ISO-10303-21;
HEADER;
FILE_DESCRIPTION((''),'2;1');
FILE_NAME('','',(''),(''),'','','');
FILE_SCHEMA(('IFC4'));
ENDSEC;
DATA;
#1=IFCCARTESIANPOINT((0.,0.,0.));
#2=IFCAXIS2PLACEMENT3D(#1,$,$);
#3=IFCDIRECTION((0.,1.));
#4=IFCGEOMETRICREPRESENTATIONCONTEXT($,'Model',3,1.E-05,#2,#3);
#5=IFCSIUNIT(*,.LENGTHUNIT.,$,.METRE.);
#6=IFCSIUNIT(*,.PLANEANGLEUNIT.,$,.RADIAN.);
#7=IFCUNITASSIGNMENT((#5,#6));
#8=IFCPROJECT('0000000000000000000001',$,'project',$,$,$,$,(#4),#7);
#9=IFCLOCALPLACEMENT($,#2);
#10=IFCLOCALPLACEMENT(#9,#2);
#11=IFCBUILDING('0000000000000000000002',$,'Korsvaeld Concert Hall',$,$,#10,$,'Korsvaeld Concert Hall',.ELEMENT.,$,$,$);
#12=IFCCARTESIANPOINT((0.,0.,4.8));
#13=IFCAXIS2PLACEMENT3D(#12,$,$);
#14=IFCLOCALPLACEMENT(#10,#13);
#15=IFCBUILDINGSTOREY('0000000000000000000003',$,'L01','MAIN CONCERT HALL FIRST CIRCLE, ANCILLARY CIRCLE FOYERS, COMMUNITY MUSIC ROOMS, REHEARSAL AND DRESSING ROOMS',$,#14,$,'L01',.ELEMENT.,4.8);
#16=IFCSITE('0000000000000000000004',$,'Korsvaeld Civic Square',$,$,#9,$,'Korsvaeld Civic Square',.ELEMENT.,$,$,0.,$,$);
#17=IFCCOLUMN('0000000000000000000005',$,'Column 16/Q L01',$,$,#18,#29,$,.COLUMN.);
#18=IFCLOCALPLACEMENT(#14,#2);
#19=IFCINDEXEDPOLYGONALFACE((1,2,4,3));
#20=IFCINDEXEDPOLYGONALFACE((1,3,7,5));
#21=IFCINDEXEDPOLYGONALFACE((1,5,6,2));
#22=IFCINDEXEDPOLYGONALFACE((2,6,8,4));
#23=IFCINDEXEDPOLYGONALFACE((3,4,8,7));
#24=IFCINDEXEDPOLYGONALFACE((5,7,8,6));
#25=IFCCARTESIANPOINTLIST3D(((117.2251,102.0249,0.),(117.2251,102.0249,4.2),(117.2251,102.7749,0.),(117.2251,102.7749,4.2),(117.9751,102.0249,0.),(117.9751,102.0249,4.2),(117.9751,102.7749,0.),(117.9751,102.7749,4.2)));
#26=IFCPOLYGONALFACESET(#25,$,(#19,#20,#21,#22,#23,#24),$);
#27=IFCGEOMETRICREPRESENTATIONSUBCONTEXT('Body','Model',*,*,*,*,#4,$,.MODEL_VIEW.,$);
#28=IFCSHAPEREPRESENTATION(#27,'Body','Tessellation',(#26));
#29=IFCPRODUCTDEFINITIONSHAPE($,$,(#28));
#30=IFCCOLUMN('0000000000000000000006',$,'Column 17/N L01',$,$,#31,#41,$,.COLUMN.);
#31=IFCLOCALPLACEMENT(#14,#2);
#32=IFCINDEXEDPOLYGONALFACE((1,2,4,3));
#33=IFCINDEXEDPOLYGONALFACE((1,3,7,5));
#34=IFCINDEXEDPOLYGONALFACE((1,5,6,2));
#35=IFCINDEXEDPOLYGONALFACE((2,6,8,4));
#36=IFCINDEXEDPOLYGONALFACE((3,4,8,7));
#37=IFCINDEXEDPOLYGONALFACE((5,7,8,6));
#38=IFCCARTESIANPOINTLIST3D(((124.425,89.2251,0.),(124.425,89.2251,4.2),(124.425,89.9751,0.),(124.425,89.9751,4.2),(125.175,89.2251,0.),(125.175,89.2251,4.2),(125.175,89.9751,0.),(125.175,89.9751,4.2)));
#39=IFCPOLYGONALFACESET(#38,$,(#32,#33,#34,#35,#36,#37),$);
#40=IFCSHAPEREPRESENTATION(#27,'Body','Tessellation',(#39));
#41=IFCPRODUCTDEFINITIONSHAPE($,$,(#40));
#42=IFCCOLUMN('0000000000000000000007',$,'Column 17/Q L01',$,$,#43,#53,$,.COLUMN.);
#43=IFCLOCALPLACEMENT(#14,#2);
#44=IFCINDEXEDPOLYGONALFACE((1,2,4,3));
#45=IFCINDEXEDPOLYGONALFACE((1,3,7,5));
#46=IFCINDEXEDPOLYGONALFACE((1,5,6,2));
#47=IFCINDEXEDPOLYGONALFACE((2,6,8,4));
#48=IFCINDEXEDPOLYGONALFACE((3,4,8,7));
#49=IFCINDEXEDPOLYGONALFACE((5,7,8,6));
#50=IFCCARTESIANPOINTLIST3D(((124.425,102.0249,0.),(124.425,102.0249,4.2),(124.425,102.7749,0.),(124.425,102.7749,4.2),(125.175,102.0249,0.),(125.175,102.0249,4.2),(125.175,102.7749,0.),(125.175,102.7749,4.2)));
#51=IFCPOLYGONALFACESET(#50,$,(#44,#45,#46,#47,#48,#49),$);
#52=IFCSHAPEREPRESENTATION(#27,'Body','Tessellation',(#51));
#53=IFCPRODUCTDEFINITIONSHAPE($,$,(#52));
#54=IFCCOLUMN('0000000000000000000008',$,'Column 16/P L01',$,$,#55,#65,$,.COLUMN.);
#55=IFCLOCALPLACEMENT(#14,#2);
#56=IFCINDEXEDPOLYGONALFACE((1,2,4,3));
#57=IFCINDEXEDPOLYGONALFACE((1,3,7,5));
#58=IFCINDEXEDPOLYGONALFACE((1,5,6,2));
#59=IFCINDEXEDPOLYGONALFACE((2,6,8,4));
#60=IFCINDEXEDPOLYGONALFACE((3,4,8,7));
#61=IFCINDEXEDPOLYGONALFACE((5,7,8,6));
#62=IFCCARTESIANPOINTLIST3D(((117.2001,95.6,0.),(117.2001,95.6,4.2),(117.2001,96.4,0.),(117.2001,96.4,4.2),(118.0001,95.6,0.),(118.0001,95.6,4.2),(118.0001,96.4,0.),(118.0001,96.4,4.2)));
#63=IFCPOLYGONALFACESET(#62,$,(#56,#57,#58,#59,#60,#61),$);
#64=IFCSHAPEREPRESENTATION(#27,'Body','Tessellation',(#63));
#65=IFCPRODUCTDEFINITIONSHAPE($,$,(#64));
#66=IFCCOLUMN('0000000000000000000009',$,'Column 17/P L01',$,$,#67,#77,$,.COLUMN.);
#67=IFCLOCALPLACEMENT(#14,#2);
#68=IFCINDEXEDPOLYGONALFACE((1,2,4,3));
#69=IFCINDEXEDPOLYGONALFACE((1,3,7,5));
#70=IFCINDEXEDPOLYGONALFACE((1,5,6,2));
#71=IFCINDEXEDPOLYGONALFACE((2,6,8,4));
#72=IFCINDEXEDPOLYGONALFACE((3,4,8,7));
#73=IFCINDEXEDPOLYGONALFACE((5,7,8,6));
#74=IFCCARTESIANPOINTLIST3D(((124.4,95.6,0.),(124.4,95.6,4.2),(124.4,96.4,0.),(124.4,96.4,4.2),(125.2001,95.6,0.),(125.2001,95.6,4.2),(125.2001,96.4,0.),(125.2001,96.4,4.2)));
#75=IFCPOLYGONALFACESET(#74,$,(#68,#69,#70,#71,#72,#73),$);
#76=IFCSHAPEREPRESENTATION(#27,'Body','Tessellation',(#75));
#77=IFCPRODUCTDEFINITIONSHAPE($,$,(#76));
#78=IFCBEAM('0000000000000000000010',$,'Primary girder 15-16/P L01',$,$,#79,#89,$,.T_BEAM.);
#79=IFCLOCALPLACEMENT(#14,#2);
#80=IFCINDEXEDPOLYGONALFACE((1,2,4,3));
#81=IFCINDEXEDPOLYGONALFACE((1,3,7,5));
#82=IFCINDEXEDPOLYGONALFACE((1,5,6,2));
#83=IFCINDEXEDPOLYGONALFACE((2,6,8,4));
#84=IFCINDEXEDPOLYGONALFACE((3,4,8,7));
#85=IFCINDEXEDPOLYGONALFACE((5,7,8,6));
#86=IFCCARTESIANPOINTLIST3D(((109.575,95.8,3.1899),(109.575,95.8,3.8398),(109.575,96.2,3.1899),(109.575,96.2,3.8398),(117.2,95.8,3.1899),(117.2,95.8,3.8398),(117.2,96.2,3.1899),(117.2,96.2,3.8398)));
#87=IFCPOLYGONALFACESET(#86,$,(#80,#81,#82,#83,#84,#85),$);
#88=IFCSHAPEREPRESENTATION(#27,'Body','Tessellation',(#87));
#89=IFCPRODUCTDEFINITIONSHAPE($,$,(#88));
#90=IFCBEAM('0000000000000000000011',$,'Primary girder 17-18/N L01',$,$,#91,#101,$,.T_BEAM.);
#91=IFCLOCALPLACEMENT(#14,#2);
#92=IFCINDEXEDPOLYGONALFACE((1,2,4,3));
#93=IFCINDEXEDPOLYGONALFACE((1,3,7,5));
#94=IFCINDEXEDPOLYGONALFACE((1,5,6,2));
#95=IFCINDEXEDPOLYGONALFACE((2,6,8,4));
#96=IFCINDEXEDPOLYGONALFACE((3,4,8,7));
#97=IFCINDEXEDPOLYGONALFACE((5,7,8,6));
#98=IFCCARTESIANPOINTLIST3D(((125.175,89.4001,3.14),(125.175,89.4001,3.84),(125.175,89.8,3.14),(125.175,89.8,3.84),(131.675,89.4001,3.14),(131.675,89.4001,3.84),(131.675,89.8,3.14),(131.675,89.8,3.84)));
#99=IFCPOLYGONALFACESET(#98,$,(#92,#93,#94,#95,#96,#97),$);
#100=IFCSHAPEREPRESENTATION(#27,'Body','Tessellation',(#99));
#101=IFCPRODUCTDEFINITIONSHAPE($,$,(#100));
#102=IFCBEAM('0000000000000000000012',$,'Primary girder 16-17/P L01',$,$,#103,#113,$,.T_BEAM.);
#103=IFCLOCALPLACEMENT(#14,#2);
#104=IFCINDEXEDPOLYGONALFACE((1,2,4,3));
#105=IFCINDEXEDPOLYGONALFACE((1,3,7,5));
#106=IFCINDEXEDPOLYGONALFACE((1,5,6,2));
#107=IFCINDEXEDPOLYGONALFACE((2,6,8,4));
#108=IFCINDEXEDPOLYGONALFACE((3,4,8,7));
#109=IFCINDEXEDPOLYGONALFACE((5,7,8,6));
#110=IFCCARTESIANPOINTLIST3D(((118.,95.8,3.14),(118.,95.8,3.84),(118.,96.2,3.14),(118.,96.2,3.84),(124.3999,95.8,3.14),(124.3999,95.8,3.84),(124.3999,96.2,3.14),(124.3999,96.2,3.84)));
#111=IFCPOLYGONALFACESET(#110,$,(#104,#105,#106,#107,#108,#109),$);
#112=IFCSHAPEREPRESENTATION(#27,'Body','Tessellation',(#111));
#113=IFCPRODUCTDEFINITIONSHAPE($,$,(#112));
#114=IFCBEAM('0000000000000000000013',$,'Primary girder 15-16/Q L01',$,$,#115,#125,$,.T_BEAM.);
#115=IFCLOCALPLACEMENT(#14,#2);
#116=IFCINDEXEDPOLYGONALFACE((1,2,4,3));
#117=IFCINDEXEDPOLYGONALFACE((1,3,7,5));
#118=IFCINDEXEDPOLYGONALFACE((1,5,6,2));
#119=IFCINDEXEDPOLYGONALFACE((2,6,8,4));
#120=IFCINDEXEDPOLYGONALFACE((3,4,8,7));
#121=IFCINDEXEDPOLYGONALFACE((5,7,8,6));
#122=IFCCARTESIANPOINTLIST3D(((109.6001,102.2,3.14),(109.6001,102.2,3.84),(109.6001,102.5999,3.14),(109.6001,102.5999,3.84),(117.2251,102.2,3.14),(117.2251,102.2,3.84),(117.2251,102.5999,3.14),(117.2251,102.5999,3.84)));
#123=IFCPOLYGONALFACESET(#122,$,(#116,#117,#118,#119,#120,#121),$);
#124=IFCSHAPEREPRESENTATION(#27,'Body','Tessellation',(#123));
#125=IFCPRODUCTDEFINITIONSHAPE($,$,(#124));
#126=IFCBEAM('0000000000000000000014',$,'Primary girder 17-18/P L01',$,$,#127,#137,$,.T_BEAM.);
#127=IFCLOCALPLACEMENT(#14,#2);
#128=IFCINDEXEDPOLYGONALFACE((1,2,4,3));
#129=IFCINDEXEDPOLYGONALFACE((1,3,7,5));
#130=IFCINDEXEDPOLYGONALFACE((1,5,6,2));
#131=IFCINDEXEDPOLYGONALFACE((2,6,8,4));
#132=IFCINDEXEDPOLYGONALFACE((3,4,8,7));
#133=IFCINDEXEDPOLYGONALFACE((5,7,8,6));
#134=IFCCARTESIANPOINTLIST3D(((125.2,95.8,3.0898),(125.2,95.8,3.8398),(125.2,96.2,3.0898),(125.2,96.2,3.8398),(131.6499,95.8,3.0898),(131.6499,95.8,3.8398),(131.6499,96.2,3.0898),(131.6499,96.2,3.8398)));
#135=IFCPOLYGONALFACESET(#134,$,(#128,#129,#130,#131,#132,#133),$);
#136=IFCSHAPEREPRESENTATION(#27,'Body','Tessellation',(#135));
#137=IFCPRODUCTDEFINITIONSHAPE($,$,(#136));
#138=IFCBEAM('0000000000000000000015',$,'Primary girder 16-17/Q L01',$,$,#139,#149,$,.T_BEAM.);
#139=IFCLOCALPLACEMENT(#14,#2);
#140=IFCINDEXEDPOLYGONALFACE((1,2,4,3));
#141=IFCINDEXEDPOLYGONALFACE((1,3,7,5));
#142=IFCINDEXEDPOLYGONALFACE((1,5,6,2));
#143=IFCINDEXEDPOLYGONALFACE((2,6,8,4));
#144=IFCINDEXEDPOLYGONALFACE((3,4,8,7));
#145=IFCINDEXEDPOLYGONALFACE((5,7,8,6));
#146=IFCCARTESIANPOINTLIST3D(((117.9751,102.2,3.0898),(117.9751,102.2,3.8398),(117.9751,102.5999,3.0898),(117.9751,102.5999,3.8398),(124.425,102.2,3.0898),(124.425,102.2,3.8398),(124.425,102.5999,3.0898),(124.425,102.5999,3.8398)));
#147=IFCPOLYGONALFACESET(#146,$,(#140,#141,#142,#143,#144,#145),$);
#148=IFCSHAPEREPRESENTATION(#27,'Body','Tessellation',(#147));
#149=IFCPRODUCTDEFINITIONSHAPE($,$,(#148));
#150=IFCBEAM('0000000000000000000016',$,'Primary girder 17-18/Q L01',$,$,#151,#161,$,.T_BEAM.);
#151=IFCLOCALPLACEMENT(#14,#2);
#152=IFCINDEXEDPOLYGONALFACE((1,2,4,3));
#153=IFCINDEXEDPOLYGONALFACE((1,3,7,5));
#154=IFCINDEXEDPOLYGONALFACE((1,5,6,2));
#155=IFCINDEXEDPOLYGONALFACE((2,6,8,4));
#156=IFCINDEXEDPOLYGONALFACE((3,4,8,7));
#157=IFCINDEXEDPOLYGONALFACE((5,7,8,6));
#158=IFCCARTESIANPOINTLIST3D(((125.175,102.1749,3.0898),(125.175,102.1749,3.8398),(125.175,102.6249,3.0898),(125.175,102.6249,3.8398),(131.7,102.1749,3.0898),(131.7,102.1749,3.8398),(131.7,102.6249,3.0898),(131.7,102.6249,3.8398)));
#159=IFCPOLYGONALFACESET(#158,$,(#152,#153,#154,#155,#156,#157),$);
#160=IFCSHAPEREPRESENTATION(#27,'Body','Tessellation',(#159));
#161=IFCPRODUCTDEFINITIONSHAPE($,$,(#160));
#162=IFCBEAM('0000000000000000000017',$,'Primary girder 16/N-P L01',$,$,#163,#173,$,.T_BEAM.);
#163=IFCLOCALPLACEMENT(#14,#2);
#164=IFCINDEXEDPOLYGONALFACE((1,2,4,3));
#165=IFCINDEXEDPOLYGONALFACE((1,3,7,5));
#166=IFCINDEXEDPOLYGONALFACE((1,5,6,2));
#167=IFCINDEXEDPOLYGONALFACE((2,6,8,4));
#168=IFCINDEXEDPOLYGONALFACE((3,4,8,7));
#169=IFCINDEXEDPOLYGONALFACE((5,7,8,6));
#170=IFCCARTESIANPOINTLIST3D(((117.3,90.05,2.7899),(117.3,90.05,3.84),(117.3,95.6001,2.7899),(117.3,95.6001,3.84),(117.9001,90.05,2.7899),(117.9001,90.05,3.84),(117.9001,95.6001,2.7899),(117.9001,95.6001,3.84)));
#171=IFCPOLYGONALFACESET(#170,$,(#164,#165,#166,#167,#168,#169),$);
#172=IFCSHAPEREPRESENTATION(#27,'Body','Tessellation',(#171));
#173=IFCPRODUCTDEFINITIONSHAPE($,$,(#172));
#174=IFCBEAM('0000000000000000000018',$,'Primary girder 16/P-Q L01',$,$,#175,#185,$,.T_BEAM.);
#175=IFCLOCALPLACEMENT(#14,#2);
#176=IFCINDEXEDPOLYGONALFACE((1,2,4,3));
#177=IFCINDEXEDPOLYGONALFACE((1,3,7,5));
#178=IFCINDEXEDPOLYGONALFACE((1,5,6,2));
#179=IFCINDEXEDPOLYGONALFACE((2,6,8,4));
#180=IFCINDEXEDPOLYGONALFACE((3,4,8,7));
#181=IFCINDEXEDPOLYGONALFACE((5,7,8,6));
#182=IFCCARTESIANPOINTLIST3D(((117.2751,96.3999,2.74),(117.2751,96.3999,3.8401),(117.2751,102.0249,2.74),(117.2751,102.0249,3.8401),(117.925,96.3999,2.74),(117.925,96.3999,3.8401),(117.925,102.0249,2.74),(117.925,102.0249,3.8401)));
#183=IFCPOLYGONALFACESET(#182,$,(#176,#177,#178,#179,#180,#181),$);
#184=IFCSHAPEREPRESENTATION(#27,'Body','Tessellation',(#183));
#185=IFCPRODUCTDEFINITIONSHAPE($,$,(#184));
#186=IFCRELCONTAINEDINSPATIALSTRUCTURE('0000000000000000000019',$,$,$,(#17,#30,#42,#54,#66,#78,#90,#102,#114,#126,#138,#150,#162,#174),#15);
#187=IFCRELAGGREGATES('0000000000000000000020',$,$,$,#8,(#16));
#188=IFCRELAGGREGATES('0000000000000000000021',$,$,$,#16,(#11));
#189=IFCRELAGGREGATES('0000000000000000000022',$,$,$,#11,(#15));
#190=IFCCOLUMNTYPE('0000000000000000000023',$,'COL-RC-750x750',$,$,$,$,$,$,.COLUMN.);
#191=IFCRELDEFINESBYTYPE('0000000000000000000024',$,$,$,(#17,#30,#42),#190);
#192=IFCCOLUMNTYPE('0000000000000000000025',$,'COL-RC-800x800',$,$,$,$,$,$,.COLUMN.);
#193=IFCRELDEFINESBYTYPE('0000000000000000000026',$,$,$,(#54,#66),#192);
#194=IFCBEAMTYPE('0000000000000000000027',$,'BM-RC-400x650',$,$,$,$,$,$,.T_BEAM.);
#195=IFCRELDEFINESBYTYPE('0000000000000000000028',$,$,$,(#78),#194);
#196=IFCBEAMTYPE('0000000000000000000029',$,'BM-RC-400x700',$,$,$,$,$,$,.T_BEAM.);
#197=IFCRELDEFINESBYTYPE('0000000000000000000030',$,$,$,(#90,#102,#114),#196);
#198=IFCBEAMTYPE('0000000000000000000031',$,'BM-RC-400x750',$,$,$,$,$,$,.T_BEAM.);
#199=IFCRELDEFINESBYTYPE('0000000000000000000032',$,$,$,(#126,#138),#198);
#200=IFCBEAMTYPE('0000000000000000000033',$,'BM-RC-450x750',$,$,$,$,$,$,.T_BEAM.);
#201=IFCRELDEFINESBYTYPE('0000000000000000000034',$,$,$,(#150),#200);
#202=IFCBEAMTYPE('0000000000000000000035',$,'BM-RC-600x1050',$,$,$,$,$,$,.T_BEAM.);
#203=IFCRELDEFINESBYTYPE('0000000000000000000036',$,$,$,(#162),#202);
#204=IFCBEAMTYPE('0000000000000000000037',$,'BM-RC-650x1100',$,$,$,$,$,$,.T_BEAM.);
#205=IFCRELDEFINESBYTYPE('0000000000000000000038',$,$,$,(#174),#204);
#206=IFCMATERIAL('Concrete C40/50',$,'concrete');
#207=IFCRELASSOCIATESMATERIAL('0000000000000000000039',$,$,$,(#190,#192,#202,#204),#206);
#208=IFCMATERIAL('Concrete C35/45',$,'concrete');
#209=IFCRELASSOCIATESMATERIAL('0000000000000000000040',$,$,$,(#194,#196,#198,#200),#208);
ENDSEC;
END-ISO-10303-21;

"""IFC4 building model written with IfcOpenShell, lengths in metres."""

from ifc_helpers import new_model, si_unit, direction, frame, origin, origin_2d, place, context, subcontext, project, spatial, rectangle, extrude, material, material_profile, profile_set, type_object, element, save


model = new_model("IFC4")

# Units and contexts
model_context = context("Model", 3, precision=1e-05, world=origin(), true_north=direction((0.0, 1.0)))
body_context = subcontext(model_context, "Body", "Model", "MODEL_VIEW")
ifc_project = project(units=[si_unit("LENGTHUNIT", "METRE"), si_unit("PLANEANGLEUNIT", "RADIAN")], contexts=[model_context])

# Site, building, storey
site_placement = place(None, origin())
site = spatial("IfcSite", under=ifc_project, at=site_placement, Name="Korsvaeld Civic Square", LongName="Korsvaeld Civic Square", CompositionType="ELEMENT", RefElevation=0.0)
building_placement = place(site_placement, origin())
building = spatial("IfcBuilding", under=site, at=building_placement, Name="Korsvaeld Concert Hall", LongName="Korsvaeld Concert Hall", CompositionType="ELEMENT")
storey_placement = place(building_placement, frame((0.0, 0.0, 4.8)))
storey = spatial("IfcBuildingStorey", under=building, at=storey_placement, Name="L01", Description="MAIN CONCERT HALL FIRST CIRCLE, ANCILLARY CIRCLE FOYERS, COMMUNITY MUSIC ROOMS, REHEARSAL AND DRESSING ROOMS", LongName="L01", CompositionType="ELEMENT", Elevation=4.8)

# Columns
ifc_material_1 = material(Name="Concrete C40/50", Category="concrete")
ifc_material_profile_1 = material_profile(ifc_material_1, rectangle(XDim=0.75, YDim=0.75, at=origin_2d()), Name="RC 750x750")
ifc_profile_set_1 = profile_set([ifc_material_profile_1], Name="Concrete C40/50")
column_type_1 = type_object("IfcColumnType", Name="COL-RC-750x750", PredefinedType="COLUMN", material=ifc_profile_set_1)
for number, where, z_axis, x_axis, name in (
    (1, (117.6001, 102.3999, 0.0), (0.0, 0.0, 1.0), (1.0, 0.0, 0.0), "Column 16/Q L01"),
    (2, (124.8, 89.6001, 0.0), (0.0, 0.0, 1.0), (1.0, 0.0, 0.0), "Column 17/N L01"),
    (3, (124.8, 102.3999, 0.0), (0.0, 0.0, 1.0), (1.0, 0.0, 0.0), "Column 17/Q L01"),
):
    element("IfcColumn", number, at=place(storey_placement, frame(where, z_axis=z_axis, x_axis=x_axis)), inside=storey, type_object=column_type_1, Name=name, PredefinedType="COLUMN", context=body_context, shape_type="SweptSolid", body=[
        extrude(rectangle(XDim=0.75, YDim=0.75, at=origin_2d()), origin(), (0.0, 0.0, 1.0), 4.2),
    ])
ifc_material_profile_2 = material_profile(ifc_material_1, rectangle(XDim=0.8, YDim=0.8, at=origin_2d()), Name="RC 800x800")
ifc_profile_set_2 = profile_set([ifc_material_profile_2], Name="Concrete C40/50")
column_type_2 = type_object("IfcColumnType", Name="COL-RC-800x800", PredefinedType="COLUMN", material=ifc_profile_set_2)
for number, where, z_axis, x_axis, name in (
    (4, (117.6001, 96.0, 0.0), (0.0, 0.0, 1.0), (1.0, 0.0, 0.0), "Column 16/P L01"),
    (5, (124.8, 96.0, 0.0), (0.0, 0.0, 1.0), (1.0, 0.0, 0.0), "Column 17/P L01"),
):
    element("IfcColumn", number, at=place(storey_placement, frame(where, z_axis=z_axis, x_axis=x_axis)), inside=storey, type_object=column_type_2, Name=name, PredefinedType="COLUMN", context=body_context, shape_type="SweptSolid", body=[
        extrude(rectangle(XDim=0.8, YDim=0.8, at=origin_2d()), origin(), (0.0, 0.0, 1.0), 4.2),
    ])

# Beams
ifc_material_2 = material(Name="Concrete C35/45", Category="concrete")
ifc_material_profile_3 = material_profile(ifc_material_2, rectangle(XDim=0.3999, YDim=0.6499, at=origin_2d()), Name="RC 400x650")
ifc_profile_set_3 = profile_set([ifc_material_profile_3], Name="Concrete C35/45")
beam_type_1 = type_object("IfcBeamType", Name="BM-RC-400x650", PredefinedType="T_BEAM", material=ifc_profile_set_3)
beam_1_placement = place(storey_placement, frame((109.575, 96.0, 3.5149), z_axis=(1.0, 0.0, 0.0), x_axis=(0.0, 1.0, 0.0)))
element("IfcBeam", 6, at=beam_1_placement, inside=storey, type_object=beam_type_1, Name="Primary girder 15-16/P L01", PredefinedType="T_BEAM", context=body_context, shape_type="SweptSolid", body=[
    extrude(rectangle(XDim=0.3999, YDim=0.6499, at=origin_2d()), origin(), (0.0, 0.0, 1.0), 7.625),
])
ifc_material_profile_4 = material_profile(ifc_material_2, rectangle(XDim=0.3999, YDim=0.7, at=origin_2d()), Name="RC 400x700")
ifc_profile_set_4 = profile_set([ifc_material_profile_4], Name="Concrete C35/45")
beam_type_2 = type_object("IfcBeamType", Name="BM-RC-400x700", PredefinedType="T_BEAM", material=ifc_profile_set_4)
beam_2_placement = place(storey_placement, frame((125.175, 89.6001, 3.49), z_axis=(1.0, 0.0, 0.0), x_axis=(0.0, 1.0, 0.0)))
element("IfcBeam", 7, at=beam_2_placement, inside=storey, type_object=beam_type_2, Name="Primary girder 17-18/N L01", PredefinedType="T_BEAM", context=body_context, shape_type="SweptSolid", body=[
    extrude(rectangle(XDim=0.3999, YDim=0.7, at=origin_2d()), origin(), (0.0, 0.0, 1.0), 6.5),
])
beam_3_placement = place(storey_placement, frame((118.0, 96.0, 3.49), z_axis=(1.0, 0.0, 0.0), x_axis=(0.0, 1.0, 0.0)))
element("IfcBeam", 8, at=beam_3_placement, inside=storey, type_object=beam_type_2, Name="Primary girder 16-17/P L01", PredefinedType="T_BEAM", context=body_context, shape_type="SweptSolid", body=[
    extrude(rectangle(XDim=0.3999, YDim=0.7, at=origin_2d()), origin(), (0.0, 0.0, 1.0), 6.3999),
])
beam_4_placement = place(storey_placement, frame((109.6001, 102.3999, 3.49), z_axis=(1.0, 0.0, 0.0), x_axis=(0.0, 1.0, 0.0)))
element("IfcBeam", 9, at=beam_4_placement, inside=storey, type_object=beam_type_2, Name="Primary girder 15-16/Q L01", PredefinedType="T_BEAM", context=body_context, shape_type="SweptSolid", body=[
    extrude(rectangle(XDim=0.3999, YDim=0.7, at=origin_2d()), origin(), (0.0, 0.0, 1.0), 7.625),
])
ifc_material_profile_5 = material_profile(ifc_material_2, rectangle(XDim=0.3999, YDim=0.75, at=origin_2d()), Name="RC 400x750")
ifc_profile_set_5 = profile_set([ifc_material_profile_5], Name="Concrete C35/45")
beam_type_3 = type_object("IfcBeamType", Name="BM-RC-400x750", PredefinedType="T_BEAM", material=ifc_profile_set_5)
for number, where, z_axis, x_axis, name in (
    (10, (125.2, 96.0, 3.4648), (1.0, 0.0, 0.0), (0.0, 1.0, 0.0), "Primary girder 17-18/P L01"),
    (11, (117.9751, 102.3999, 3.4648), (1.0, 0.0, 0.0), (0.0, 1.0, 0.0), "Primary girder 16-17/Q L01"),
):
    element("IfcBeam", number, at=place(storey_placement, frame(where, z_axis=z_axis, x_axis=x_axis)), inside=storey, type_object=beam_type_3, Name=name, PredefinedType="T_BEAM", context=body_context, shape_type="SweptSolid", body=[
        extrude(rectangle(XDim=0.3999, YDim=0.75, at=origin_2d()), origin(), (0.0, 0.0, 1.0), 6.45),
    ])
ifc_material_profile_6 = material_profile(ifc_material_2, rectangle(XDim=0.45, YDim=0.75, at=origin_2d()), Name="RC 450x750")
ifc_profile_set_6 = profile_set([ifc_material_profile_6], Name="Concrete C35/45")
beam_type_4 = type_object("IfcBeamType", Name="BM-RC-450x750", PredefinedType="T_BEAM", material=ifc_profile_set_6)
beam_5_placement = place(storey_placement, frame((125.175, 102.3999, 3.4648), z_axis=(1.0, 0.0, 0.0), x_axis=(0.0, 1.0, 0.0)))
element("IfcBeam", 12, at=beam_5_placement, inside=storey, type_object=beam_type_4, Name="Primary girder 17-18/Q L01", PredefinedType="T_BEAM", context=body_context, shape_type="SweptSolid", body=[
    extrude(rectangle(XDim=0.45, YDim=0.75, at=origin_2d()), origin(), (0.0, 0.0, 1.0), 6.5249),
])
ifc_material_profile_7 = material_profile(ifc_material_1, rectangle(XDim=0.6001, YDim=1.05, at=origin_2d()), Name="RC 600x1050")
ifc_profile_set_7 = profile_set([ifc_material_profile_7], Name="Concrete C40/50")
beam_type_5 = type_object("IfcBeamType", Name="BM-RC-600x1050", PredefinedType="T_BEAM", material=ifc_profile_set_7)
beam_6_placement = place(storey_placement, frame((117.6001, 90.05, 3.3149), z_axis=(0.0, 1.0, 0.0), x_axis=(-1.0, 0.0, 0.0)))
element("IfcBeam", 13, at=beam_6_placement, inside=storey, type_object=beam_type_5, Name="Primary girder 16/N-P L01", PredefinedType="T_BEAM", context=body_context, shape_type="SweptSolid", body=[
    extrude(rectangle(XDim=0.6001, YDim=1.05, at=origin_2d()), origin(), (0.0, 0.0, 1.0), 5.55),
])
ifc_material_profile_8 = material_profile(ifc_material_1, rectangle(XDim=0.6499, YDim=1.1001, at=origin_2d()), Name="RC 650x1100")
ifc_profile_set_8 = profile_set([ifc_material_profile_8], Name="Concrete C40/50")
beam_type_6 = type_object("IfcBeamType", Name="BM-RC-650x1100", PredefinedType="T_BEAM", material=ifc_profile_set_8)
for number, where, z_axis, x_axis, name in (
    (14, (117.6001, 96.3999, 3.29), (0.0, 1.0, 0.0), (-1.0, 0.0, 0.0), "Primary girder 16/P-Q L01"),
):
    element("IfcBeam", number, at=place(storey_placement, frame(where, z_axis=z_axis, x_axis=x_axis)), inside=storey, type_object=beam_type_6, Name=name, PredefinedType="T_BEAM", context=body_context, shape_type="SweptSolid", body=[
        extrude(rectangle(XDim=0.6499, YDim=1.1001, at=origin_2d()), origin(), (0.0, 0.0, 1.0), 5.625),
    ])

save(model, "model.ifc")
